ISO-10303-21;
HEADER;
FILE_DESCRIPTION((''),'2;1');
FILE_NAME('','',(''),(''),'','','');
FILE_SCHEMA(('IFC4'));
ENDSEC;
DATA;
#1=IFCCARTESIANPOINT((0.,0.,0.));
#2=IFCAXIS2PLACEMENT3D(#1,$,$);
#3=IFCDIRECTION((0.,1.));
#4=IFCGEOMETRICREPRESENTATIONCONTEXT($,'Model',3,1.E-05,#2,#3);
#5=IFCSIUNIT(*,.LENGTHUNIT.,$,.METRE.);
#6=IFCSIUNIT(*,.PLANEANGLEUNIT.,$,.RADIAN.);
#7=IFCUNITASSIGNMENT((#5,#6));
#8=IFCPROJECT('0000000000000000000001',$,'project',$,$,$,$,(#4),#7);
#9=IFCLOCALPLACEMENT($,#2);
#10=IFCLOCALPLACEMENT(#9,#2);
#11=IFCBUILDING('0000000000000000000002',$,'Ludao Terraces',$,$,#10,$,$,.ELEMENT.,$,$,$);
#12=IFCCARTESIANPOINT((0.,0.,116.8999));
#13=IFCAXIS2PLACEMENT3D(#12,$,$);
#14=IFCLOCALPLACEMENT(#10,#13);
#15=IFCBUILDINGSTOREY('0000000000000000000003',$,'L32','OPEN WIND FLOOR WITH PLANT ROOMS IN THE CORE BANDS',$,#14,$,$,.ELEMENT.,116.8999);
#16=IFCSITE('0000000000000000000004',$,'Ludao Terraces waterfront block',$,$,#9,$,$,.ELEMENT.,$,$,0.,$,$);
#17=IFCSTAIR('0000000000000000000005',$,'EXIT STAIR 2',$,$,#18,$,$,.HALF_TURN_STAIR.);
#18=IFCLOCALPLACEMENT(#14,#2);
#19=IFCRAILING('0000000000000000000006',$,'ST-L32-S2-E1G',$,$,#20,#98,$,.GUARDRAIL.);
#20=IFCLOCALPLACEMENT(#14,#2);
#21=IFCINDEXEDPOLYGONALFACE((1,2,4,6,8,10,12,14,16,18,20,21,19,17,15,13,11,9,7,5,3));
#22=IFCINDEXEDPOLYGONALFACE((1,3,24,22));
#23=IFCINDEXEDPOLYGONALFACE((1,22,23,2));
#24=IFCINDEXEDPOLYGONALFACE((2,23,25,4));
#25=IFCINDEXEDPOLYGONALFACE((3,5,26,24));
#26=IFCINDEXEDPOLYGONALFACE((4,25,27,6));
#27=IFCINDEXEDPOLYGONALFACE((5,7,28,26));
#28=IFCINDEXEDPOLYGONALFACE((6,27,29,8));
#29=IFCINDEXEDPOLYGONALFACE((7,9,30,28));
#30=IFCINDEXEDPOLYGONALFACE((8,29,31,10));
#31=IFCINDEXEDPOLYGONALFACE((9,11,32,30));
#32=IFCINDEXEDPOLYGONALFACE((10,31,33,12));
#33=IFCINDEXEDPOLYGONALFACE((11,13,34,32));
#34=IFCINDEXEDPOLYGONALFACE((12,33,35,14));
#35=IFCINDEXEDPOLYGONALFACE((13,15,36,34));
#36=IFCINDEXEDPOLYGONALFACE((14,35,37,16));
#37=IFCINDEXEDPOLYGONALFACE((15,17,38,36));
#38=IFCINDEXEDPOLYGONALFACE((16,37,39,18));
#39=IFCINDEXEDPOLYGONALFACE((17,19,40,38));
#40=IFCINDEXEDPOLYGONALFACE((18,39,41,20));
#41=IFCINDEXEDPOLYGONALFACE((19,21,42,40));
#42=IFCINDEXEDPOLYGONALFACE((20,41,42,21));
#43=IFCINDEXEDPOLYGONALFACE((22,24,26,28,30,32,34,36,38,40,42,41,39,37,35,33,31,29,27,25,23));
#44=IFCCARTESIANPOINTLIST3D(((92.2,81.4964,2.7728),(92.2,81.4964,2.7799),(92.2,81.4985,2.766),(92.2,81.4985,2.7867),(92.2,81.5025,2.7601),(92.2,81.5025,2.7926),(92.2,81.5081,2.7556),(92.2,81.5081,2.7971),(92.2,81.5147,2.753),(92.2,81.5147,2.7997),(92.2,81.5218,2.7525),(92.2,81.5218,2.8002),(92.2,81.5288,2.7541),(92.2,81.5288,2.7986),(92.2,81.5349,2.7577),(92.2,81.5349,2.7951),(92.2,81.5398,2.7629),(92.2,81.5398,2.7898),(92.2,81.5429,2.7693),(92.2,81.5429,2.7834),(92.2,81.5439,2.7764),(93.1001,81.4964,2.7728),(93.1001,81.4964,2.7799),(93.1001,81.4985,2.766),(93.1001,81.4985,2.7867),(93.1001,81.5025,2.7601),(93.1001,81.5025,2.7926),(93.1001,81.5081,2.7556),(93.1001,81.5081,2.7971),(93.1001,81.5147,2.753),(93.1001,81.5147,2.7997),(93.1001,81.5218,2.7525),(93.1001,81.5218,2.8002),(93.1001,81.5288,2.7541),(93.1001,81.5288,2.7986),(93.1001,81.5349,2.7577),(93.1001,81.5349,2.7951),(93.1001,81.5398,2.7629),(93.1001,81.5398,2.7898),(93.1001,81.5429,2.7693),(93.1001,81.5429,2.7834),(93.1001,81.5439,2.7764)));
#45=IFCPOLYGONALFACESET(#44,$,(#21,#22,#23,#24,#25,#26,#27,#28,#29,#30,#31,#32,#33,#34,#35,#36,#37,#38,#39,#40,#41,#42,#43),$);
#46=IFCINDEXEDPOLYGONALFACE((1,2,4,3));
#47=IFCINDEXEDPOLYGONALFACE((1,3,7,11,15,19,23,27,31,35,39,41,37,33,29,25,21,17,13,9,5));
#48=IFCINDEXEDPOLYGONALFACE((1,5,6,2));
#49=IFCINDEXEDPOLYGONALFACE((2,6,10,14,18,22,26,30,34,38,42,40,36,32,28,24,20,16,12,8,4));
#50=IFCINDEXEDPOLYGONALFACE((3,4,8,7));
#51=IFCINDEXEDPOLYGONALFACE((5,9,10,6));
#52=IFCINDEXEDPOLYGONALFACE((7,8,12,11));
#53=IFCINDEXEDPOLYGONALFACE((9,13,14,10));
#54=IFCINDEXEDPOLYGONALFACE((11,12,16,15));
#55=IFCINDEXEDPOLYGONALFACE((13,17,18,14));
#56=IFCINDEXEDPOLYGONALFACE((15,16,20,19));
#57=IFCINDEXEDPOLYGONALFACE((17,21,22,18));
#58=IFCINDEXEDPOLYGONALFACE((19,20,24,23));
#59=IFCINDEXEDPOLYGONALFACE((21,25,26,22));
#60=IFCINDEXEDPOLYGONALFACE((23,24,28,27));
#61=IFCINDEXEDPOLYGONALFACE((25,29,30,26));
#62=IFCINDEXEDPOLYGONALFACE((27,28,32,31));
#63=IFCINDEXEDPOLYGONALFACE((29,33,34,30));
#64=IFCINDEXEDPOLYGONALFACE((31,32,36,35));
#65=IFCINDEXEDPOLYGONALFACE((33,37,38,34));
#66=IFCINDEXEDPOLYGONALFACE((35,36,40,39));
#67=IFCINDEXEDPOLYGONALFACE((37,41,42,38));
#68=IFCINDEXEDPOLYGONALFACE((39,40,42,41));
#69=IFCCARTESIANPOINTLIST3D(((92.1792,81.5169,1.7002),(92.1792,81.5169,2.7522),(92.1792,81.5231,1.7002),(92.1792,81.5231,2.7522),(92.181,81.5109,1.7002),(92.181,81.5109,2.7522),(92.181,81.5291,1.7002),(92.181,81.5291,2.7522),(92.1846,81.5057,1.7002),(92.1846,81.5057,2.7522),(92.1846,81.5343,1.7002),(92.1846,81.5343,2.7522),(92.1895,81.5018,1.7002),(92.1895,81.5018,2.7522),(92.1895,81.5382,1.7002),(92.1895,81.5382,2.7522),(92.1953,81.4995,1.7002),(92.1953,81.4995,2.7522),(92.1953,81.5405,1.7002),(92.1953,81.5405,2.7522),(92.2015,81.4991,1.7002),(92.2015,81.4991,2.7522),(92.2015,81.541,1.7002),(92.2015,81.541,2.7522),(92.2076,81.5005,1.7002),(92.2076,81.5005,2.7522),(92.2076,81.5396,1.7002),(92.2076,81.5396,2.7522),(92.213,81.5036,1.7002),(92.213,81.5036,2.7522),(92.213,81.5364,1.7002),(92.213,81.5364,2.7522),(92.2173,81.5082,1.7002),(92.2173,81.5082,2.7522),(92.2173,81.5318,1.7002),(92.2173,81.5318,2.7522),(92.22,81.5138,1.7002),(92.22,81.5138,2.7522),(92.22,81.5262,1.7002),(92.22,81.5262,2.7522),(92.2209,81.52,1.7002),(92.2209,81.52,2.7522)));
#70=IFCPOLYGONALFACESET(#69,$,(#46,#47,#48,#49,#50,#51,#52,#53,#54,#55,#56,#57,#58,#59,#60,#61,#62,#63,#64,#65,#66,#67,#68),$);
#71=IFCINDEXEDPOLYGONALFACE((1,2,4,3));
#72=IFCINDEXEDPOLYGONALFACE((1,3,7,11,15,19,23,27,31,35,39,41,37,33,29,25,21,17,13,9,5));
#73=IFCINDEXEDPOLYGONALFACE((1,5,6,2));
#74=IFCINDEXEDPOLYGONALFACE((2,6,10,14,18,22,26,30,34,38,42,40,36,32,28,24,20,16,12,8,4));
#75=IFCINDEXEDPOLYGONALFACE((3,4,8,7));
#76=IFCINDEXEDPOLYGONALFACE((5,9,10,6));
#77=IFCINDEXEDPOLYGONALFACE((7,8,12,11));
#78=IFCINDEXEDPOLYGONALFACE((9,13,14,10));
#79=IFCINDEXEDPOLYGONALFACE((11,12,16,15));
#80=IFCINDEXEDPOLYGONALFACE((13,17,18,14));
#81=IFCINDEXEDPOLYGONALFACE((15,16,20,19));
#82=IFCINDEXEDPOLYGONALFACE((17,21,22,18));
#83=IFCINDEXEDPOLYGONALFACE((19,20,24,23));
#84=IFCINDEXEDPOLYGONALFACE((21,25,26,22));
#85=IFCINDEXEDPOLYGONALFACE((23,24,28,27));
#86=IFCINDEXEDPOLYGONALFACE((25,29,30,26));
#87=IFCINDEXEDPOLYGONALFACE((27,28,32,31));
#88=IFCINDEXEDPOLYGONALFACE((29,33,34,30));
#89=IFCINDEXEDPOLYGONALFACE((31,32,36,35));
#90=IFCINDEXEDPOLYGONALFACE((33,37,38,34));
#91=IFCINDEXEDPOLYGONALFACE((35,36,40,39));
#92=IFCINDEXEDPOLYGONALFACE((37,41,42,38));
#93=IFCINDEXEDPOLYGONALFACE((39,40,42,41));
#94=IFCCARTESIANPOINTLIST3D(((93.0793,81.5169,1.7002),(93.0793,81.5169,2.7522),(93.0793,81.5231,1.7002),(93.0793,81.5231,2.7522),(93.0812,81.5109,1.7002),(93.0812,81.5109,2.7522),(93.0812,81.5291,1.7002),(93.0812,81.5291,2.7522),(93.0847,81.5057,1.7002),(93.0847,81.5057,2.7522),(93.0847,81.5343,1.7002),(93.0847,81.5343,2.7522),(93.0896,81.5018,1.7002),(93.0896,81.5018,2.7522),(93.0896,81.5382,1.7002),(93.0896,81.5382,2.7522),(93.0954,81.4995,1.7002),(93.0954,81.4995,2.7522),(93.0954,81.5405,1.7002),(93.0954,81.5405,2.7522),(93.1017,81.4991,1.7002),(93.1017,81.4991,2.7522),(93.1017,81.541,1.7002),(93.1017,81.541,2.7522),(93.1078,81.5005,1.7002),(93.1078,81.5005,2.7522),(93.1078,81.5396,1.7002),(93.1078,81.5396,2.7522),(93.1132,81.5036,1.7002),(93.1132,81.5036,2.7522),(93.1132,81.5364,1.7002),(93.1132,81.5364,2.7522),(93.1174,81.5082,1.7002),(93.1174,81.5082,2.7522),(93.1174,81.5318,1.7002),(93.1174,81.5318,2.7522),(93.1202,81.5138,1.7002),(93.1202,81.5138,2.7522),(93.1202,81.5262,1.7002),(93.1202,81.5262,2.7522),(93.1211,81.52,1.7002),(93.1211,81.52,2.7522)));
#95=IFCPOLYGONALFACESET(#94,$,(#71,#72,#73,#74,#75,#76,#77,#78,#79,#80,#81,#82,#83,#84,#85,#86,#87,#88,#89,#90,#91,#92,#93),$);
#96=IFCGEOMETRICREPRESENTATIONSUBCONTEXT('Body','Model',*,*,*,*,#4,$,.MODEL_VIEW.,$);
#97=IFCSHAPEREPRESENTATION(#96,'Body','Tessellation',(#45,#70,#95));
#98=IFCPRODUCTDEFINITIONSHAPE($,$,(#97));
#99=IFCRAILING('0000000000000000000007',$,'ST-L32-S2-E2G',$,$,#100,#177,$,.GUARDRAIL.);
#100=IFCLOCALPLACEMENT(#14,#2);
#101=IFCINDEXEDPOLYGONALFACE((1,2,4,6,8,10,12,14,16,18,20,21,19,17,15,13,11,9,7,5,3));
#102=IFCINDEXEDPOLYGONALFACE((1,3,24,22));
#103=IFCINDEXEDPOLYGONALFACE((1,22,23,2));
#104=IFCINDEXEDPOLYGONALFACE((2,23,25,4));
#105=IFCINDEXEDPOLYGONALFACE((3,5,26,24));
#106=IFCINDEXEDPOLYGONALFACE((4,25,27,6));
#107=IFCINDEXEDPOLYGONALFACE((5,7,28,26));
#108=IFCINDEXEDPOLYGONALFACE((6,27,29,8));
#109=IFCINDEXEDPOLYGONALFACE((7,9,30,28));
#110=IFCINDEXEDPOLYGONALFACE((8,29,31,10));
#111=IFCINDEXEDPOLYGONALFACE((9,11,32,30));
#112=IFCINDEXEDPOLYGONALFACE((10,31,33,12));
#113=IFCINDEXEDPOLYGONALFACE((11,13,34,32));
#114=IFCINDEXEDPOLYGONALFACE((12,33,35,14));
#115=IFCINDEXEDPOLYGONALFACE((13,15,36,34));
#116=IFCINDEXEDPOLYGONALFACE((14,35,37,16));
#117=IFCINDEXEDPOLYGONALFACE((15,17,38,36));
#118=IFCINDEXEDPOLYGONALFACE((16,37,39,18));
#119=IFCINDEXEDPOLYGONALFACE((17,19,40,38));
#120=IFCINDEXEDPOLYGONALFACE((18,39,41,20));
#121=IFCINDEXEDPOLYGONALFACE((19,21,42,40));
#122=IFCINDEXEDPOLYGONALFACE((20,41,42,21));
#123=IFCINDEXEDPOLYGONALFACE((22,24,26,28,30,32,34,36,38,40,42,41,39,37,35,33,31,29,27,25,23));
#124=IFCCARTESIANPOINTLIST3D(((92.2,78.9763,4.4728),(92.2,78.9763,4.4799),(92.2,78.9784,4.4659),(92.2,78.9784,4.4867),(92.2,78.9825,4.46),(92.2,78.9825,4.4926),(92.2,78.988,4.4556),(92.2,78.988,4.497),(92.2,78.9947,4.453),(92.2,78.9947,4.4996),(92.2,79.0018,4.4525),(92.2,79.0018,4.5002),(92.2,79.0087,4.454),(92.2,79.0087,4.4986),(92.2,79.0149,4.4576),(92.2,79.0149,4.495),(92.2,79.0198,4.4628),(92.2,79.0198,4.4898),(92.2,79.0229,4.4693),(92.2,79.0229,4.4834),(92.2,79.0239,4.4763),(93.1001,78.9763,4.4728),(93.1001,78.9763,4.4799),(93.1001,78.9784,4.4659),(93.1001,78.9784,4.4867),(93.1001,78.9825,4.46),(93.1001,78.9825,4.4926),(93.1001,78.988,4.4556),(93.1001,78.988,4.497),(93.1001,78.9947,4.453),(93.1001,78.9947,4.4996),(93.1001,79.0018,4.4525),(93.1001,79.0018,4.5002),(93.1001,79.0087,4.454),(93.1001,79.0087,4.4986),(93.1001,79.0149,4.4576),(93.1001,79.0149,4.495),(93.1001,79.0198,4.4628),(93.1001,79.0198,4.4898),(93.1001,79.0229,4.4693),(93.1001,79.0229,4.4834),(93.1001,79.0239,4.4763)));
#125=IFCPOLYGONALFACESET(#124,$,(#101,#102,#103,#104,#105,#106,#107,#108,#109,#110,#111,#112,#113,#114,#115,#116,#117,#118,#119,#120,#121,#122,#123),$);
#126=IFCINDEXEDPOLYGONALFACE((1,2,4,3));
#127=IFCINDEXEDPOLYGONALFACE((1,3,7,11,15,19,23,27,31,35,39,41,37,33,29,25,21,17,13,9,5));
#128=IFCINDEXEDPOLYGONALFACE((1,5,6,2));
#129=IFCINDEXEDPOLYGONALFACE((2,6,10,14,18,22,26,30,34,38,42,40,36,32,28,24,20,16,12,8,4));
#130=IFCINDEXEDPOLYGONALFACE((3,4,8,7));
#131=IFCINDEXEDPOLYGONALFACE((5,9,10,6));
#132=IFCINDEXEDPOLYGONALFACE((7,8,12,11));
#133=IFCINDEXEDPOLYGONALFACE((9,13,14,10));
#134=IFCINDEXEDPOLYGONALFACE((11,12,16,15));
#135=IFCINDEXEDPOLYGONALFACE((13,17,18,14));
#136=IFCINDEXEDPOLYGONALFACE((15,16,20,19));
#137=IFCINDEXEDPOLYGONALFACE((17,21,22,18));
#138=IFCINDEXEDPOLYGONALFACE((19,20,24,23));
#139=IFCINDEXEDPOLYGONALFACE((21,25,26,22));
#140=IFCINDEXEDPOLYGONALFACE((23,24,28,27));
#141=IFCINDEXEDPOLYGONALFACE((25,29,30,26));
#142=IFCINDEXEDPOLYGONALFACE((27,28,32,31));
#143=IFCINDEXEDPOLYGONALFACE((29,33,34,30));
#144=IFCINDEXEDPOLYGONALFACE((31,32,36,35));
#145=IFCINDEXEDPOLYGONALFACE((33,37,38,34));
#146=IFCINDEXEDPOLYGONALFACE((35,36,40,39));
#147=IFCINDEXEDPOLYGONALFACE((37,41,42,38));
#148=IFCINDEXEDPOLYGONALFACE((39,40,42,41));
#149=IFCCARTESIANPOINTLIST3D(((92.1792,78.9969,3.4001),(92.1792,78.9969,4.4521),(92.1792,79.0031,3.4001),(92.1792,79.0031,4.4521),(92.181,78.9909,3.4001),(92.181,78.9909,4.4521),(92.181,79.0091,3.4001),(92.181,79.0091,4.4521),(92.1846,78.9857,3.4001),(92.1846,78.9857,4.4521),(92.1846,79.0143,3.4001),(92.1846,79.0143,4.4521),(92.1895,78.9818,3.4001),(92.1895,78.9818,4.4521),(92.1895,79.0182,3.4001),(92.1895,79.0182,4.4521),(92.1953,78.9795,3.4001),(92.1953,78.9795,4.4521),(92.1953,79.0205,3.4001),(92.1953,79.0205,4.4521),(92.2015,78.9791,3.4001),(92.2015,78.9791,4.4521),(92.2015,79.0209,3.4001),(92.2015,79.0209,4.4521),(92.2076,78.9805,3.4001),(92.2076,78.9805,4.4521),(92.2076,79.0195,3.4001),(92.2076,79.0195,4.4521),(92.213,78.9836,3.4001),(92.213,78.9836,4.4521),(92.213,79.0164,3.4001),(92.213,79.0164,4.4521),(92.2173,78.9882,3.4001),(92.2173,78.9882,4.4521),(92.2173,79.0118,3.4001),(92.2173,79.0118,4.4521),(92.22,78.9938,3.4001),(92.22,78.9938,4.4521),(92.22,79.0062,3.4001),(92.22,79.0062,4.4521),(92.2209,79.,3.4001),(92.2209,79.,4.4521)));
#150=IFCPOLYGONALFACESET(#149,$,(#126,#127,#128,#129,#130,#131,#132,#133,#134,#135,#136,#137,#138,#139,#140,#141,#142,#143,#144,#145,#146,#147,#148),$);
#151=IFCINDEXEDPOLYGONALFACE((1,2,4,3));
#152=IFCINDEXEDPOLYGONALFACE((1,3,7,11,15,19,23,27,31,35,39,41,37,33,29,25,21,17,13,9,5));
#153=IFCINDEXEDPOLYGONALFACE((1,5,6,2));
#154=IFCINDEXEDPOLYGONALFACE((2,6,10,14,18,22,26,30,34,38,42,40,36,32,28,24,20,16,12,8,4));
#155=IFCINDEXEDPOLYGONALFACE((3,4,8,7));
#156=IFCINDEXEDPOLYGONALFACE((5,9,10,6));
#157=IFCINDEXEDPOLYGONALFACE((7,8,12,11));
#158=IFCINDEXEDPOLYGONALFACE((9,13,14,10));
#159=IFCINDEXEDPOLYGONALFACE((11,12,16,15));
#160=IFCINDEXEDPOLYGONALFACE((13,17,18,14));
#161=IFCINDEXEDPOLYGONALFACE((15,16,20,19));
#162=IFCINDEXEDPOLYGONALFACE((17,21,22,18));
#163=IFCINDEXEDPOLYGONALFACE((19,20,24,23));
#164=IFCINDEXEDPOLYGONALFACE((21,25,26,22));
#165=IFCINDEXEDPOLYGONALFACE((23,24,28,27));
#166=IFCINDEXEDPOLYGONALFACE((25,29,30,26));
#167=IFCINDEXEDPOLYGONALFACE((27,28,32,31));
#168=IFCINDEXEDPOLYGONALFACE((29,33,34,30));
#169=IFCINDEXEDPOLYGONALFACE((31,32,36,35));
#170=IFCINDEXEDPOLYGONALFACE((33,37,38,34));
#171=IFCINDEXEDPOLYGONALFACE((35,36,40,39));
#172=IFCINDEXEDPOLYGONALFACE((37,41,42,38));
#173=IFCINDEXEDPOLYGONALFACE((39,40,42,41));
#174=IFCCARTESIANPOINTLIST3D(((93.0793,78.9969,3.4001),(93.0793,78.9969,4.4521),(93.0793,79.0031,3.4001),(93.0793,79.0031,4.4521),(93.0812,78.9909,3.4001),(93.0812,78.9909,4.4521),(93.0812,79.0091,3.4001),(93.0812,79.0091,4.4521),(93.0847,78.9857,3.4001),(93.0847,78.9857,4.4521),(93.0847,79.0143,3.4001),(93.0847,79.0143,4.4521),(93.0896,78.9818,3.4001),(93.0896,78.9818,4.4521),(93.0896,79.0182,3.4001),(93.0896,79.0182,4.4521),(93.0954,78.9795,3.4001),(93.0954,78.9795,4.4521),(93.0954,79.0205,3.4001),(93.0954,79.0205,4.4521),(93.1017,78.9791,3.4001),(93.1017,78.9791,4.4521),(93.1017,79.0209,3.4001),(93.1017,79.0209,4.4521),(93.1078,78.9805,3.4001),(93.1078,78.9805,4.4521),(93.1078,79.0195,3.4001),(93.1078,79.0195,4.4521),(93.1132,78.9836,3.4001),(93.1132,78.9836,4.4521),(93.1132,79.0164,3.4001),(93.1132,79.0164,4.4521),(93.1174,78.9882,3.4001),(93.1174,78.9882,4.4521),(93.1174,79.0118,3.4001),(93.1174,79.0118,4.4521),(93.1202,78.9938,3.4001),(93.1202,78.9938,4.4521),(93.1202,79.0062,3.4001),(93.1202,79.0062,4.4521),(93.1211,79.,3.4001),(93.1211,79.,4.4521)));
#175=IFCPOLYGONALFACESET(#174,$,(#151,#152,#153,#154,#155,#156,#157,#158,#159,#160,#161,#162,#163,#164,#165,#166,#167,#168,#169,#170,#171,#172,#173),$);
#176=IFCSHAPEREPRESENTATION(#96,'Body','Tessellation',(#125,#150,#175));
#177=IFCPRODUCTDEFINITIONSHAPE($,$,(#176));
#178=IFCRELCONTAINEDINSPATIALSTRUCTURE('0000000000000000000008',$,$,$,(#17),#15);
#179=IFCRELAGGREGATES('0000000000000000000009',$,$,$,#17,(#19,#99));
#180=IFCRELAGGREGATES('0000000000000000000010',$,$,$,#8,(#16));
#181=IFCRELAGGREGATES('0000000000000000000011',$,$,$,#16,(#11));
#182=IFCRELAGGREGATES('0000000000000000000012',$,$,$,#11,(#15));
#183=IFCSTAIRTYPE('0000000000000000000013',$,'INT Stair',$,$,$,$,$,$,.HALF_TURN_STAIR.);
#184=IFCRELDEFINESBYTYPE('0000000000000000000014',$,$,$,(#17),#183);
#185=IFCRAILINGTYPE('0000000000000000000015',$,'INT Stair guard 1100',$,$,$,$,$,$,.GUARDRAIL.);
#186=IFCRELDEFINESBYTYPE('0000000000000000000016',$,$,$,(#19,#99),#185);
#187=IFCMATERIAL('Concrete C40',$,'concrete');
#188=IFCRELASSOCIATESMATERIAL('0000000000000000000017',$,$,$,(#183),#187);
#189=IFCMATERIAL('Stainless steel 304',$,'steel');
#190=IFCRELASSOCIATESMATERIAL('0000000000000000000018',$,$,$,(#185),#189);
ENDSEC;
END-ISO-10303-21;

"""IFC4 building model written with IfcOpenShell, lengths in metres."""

from ifc_helpers import new_model, si_unit, direction, frame, origin, origin_2d, place, context, subcontext, project, spatial, circle, extrude, material, type_object, element, aggregate, save


model = new_model("IFC4")

# Units and contexts
model_context = context("Model", 3, precision=1e-05, world=origin(), true_north=direction((0.0, 1.0)))
body_context = subcontext(model_context, "Body", "Model", "MODEL_VIEW")
ifc_project = project(units=[si_unit("LENGTHUNIT", "METRE"), si_unit("PLANEANGLEUNIT", "RADIAN")], contexts=[model_context])

# Site, building, storey
site_placement = place(None, origin())
site = spatial("IfcSite", under=ifc_project, at=site_placement, Name="Ludao Terraces waterfront block", CompositionType="ELEMENT", RefElevation=0.0)
building_placement = place(site_placement, origin())
building = spatial("IfcBuilding", under=site, at=building_placement, Name="Ludao Terraces", CompositionType="ELEMENT")
storey_placement = place(building_placement, frame((0.0, 0.0, 116.8999)))
storey = spatial("IfcBuildingStorey", under=building, at=storey_placement, Name="L32", Description="OPEN WIND FLOOR WITH PLANT ROOMS IN THE CORE BANDS", CompositionType="ELEMENT", Elevation=116.8999)

# Stair, railings
ifc_material_1 = material(Name="Concrete C40", Category="concrete")
stair_type = type_object("IfcStairType", Name="INT Stair", PredefinedType="HALF_TURN_STAIR", material=ifc_material_1)
stair_placement = place(storey_placement, origin())
stair = element("IfcStair", 1, at=stair_placement, inside=storey, type_object=stair_type, Name="EXIT STAIR 2", PredefinedType="HALF_TURN_STAIR")
ifc_material_2 = material(Name="Stainless steel 304", Category="steel")
railing_type_1 = type_object("IfcRailingType", Name="INT Stair guard 1100", PredefinedType="GUARDRAIL", material=ifc_material_2)
railing_1_placement = place(storey_placement, frame((92.2, 81.52, 1.7002)))
railing_1 = element("IfcRailing", 2, at=railing_1_placement, type_object=railing_type_1, Name="ST-L32-S2-E1G", PredefinedType="GUARDRAIL", context=body_context, shape_type="SweptSolid", body=[
    extrude(circle(Radius=0.0239, at=origin_2d()), frame((0.0, 0.0, 1.0762), z_axis=(1.0, 0.0, 0.0), x_axis=(0.0, 1.0, 0.0)), (0.0, 0.0, 1.0), 0.9001),
    extrude(circle(Radius=0.021, at=origin_2d()), origin(), (0.0, 0.0, 1.0), 1.052),
    extrude(circle(Radius=0.021, at=origin_2d()), frame((0.9001, 0.0, 0.0)), (0.0, 0.0, 1.0), 1.052),
])
railing_2_placement = place(storey_placement, frame((92.2, 79.0, 3.4001)))
railing_2 = element("IfcRailing", 3, at=railing_2_placement, type_object=railing_type_1, Name="ST-L32-S2-E2G", PredefinedType="GUARDRAIL", context=body_context, shape_type="SweptSolid", body=[
    extrude(circle(Radius=0.0239, at=origin_2d()), frame((0.0, 0.0, 1.0762), z_axis=(1.0, 0.0, 0.0), x_axis=(0.0, 1.0, 0.0)), (0.0, 0.0, 1.0), 0.9001),
    extrude(circle(Radius=0.021, at=origin_2d()), origin(), (0.0, 0.0, 1.0), 1.052),
    extrude(circle(Radius=0.021, at=origin_2d()), frame((0.9001, 0.0, 0.0)), (0.0, 0.0, 1.0), 1.052),
])
aggregate(stair, [railing_1, railing_2])

save(model, "model.ifc")
